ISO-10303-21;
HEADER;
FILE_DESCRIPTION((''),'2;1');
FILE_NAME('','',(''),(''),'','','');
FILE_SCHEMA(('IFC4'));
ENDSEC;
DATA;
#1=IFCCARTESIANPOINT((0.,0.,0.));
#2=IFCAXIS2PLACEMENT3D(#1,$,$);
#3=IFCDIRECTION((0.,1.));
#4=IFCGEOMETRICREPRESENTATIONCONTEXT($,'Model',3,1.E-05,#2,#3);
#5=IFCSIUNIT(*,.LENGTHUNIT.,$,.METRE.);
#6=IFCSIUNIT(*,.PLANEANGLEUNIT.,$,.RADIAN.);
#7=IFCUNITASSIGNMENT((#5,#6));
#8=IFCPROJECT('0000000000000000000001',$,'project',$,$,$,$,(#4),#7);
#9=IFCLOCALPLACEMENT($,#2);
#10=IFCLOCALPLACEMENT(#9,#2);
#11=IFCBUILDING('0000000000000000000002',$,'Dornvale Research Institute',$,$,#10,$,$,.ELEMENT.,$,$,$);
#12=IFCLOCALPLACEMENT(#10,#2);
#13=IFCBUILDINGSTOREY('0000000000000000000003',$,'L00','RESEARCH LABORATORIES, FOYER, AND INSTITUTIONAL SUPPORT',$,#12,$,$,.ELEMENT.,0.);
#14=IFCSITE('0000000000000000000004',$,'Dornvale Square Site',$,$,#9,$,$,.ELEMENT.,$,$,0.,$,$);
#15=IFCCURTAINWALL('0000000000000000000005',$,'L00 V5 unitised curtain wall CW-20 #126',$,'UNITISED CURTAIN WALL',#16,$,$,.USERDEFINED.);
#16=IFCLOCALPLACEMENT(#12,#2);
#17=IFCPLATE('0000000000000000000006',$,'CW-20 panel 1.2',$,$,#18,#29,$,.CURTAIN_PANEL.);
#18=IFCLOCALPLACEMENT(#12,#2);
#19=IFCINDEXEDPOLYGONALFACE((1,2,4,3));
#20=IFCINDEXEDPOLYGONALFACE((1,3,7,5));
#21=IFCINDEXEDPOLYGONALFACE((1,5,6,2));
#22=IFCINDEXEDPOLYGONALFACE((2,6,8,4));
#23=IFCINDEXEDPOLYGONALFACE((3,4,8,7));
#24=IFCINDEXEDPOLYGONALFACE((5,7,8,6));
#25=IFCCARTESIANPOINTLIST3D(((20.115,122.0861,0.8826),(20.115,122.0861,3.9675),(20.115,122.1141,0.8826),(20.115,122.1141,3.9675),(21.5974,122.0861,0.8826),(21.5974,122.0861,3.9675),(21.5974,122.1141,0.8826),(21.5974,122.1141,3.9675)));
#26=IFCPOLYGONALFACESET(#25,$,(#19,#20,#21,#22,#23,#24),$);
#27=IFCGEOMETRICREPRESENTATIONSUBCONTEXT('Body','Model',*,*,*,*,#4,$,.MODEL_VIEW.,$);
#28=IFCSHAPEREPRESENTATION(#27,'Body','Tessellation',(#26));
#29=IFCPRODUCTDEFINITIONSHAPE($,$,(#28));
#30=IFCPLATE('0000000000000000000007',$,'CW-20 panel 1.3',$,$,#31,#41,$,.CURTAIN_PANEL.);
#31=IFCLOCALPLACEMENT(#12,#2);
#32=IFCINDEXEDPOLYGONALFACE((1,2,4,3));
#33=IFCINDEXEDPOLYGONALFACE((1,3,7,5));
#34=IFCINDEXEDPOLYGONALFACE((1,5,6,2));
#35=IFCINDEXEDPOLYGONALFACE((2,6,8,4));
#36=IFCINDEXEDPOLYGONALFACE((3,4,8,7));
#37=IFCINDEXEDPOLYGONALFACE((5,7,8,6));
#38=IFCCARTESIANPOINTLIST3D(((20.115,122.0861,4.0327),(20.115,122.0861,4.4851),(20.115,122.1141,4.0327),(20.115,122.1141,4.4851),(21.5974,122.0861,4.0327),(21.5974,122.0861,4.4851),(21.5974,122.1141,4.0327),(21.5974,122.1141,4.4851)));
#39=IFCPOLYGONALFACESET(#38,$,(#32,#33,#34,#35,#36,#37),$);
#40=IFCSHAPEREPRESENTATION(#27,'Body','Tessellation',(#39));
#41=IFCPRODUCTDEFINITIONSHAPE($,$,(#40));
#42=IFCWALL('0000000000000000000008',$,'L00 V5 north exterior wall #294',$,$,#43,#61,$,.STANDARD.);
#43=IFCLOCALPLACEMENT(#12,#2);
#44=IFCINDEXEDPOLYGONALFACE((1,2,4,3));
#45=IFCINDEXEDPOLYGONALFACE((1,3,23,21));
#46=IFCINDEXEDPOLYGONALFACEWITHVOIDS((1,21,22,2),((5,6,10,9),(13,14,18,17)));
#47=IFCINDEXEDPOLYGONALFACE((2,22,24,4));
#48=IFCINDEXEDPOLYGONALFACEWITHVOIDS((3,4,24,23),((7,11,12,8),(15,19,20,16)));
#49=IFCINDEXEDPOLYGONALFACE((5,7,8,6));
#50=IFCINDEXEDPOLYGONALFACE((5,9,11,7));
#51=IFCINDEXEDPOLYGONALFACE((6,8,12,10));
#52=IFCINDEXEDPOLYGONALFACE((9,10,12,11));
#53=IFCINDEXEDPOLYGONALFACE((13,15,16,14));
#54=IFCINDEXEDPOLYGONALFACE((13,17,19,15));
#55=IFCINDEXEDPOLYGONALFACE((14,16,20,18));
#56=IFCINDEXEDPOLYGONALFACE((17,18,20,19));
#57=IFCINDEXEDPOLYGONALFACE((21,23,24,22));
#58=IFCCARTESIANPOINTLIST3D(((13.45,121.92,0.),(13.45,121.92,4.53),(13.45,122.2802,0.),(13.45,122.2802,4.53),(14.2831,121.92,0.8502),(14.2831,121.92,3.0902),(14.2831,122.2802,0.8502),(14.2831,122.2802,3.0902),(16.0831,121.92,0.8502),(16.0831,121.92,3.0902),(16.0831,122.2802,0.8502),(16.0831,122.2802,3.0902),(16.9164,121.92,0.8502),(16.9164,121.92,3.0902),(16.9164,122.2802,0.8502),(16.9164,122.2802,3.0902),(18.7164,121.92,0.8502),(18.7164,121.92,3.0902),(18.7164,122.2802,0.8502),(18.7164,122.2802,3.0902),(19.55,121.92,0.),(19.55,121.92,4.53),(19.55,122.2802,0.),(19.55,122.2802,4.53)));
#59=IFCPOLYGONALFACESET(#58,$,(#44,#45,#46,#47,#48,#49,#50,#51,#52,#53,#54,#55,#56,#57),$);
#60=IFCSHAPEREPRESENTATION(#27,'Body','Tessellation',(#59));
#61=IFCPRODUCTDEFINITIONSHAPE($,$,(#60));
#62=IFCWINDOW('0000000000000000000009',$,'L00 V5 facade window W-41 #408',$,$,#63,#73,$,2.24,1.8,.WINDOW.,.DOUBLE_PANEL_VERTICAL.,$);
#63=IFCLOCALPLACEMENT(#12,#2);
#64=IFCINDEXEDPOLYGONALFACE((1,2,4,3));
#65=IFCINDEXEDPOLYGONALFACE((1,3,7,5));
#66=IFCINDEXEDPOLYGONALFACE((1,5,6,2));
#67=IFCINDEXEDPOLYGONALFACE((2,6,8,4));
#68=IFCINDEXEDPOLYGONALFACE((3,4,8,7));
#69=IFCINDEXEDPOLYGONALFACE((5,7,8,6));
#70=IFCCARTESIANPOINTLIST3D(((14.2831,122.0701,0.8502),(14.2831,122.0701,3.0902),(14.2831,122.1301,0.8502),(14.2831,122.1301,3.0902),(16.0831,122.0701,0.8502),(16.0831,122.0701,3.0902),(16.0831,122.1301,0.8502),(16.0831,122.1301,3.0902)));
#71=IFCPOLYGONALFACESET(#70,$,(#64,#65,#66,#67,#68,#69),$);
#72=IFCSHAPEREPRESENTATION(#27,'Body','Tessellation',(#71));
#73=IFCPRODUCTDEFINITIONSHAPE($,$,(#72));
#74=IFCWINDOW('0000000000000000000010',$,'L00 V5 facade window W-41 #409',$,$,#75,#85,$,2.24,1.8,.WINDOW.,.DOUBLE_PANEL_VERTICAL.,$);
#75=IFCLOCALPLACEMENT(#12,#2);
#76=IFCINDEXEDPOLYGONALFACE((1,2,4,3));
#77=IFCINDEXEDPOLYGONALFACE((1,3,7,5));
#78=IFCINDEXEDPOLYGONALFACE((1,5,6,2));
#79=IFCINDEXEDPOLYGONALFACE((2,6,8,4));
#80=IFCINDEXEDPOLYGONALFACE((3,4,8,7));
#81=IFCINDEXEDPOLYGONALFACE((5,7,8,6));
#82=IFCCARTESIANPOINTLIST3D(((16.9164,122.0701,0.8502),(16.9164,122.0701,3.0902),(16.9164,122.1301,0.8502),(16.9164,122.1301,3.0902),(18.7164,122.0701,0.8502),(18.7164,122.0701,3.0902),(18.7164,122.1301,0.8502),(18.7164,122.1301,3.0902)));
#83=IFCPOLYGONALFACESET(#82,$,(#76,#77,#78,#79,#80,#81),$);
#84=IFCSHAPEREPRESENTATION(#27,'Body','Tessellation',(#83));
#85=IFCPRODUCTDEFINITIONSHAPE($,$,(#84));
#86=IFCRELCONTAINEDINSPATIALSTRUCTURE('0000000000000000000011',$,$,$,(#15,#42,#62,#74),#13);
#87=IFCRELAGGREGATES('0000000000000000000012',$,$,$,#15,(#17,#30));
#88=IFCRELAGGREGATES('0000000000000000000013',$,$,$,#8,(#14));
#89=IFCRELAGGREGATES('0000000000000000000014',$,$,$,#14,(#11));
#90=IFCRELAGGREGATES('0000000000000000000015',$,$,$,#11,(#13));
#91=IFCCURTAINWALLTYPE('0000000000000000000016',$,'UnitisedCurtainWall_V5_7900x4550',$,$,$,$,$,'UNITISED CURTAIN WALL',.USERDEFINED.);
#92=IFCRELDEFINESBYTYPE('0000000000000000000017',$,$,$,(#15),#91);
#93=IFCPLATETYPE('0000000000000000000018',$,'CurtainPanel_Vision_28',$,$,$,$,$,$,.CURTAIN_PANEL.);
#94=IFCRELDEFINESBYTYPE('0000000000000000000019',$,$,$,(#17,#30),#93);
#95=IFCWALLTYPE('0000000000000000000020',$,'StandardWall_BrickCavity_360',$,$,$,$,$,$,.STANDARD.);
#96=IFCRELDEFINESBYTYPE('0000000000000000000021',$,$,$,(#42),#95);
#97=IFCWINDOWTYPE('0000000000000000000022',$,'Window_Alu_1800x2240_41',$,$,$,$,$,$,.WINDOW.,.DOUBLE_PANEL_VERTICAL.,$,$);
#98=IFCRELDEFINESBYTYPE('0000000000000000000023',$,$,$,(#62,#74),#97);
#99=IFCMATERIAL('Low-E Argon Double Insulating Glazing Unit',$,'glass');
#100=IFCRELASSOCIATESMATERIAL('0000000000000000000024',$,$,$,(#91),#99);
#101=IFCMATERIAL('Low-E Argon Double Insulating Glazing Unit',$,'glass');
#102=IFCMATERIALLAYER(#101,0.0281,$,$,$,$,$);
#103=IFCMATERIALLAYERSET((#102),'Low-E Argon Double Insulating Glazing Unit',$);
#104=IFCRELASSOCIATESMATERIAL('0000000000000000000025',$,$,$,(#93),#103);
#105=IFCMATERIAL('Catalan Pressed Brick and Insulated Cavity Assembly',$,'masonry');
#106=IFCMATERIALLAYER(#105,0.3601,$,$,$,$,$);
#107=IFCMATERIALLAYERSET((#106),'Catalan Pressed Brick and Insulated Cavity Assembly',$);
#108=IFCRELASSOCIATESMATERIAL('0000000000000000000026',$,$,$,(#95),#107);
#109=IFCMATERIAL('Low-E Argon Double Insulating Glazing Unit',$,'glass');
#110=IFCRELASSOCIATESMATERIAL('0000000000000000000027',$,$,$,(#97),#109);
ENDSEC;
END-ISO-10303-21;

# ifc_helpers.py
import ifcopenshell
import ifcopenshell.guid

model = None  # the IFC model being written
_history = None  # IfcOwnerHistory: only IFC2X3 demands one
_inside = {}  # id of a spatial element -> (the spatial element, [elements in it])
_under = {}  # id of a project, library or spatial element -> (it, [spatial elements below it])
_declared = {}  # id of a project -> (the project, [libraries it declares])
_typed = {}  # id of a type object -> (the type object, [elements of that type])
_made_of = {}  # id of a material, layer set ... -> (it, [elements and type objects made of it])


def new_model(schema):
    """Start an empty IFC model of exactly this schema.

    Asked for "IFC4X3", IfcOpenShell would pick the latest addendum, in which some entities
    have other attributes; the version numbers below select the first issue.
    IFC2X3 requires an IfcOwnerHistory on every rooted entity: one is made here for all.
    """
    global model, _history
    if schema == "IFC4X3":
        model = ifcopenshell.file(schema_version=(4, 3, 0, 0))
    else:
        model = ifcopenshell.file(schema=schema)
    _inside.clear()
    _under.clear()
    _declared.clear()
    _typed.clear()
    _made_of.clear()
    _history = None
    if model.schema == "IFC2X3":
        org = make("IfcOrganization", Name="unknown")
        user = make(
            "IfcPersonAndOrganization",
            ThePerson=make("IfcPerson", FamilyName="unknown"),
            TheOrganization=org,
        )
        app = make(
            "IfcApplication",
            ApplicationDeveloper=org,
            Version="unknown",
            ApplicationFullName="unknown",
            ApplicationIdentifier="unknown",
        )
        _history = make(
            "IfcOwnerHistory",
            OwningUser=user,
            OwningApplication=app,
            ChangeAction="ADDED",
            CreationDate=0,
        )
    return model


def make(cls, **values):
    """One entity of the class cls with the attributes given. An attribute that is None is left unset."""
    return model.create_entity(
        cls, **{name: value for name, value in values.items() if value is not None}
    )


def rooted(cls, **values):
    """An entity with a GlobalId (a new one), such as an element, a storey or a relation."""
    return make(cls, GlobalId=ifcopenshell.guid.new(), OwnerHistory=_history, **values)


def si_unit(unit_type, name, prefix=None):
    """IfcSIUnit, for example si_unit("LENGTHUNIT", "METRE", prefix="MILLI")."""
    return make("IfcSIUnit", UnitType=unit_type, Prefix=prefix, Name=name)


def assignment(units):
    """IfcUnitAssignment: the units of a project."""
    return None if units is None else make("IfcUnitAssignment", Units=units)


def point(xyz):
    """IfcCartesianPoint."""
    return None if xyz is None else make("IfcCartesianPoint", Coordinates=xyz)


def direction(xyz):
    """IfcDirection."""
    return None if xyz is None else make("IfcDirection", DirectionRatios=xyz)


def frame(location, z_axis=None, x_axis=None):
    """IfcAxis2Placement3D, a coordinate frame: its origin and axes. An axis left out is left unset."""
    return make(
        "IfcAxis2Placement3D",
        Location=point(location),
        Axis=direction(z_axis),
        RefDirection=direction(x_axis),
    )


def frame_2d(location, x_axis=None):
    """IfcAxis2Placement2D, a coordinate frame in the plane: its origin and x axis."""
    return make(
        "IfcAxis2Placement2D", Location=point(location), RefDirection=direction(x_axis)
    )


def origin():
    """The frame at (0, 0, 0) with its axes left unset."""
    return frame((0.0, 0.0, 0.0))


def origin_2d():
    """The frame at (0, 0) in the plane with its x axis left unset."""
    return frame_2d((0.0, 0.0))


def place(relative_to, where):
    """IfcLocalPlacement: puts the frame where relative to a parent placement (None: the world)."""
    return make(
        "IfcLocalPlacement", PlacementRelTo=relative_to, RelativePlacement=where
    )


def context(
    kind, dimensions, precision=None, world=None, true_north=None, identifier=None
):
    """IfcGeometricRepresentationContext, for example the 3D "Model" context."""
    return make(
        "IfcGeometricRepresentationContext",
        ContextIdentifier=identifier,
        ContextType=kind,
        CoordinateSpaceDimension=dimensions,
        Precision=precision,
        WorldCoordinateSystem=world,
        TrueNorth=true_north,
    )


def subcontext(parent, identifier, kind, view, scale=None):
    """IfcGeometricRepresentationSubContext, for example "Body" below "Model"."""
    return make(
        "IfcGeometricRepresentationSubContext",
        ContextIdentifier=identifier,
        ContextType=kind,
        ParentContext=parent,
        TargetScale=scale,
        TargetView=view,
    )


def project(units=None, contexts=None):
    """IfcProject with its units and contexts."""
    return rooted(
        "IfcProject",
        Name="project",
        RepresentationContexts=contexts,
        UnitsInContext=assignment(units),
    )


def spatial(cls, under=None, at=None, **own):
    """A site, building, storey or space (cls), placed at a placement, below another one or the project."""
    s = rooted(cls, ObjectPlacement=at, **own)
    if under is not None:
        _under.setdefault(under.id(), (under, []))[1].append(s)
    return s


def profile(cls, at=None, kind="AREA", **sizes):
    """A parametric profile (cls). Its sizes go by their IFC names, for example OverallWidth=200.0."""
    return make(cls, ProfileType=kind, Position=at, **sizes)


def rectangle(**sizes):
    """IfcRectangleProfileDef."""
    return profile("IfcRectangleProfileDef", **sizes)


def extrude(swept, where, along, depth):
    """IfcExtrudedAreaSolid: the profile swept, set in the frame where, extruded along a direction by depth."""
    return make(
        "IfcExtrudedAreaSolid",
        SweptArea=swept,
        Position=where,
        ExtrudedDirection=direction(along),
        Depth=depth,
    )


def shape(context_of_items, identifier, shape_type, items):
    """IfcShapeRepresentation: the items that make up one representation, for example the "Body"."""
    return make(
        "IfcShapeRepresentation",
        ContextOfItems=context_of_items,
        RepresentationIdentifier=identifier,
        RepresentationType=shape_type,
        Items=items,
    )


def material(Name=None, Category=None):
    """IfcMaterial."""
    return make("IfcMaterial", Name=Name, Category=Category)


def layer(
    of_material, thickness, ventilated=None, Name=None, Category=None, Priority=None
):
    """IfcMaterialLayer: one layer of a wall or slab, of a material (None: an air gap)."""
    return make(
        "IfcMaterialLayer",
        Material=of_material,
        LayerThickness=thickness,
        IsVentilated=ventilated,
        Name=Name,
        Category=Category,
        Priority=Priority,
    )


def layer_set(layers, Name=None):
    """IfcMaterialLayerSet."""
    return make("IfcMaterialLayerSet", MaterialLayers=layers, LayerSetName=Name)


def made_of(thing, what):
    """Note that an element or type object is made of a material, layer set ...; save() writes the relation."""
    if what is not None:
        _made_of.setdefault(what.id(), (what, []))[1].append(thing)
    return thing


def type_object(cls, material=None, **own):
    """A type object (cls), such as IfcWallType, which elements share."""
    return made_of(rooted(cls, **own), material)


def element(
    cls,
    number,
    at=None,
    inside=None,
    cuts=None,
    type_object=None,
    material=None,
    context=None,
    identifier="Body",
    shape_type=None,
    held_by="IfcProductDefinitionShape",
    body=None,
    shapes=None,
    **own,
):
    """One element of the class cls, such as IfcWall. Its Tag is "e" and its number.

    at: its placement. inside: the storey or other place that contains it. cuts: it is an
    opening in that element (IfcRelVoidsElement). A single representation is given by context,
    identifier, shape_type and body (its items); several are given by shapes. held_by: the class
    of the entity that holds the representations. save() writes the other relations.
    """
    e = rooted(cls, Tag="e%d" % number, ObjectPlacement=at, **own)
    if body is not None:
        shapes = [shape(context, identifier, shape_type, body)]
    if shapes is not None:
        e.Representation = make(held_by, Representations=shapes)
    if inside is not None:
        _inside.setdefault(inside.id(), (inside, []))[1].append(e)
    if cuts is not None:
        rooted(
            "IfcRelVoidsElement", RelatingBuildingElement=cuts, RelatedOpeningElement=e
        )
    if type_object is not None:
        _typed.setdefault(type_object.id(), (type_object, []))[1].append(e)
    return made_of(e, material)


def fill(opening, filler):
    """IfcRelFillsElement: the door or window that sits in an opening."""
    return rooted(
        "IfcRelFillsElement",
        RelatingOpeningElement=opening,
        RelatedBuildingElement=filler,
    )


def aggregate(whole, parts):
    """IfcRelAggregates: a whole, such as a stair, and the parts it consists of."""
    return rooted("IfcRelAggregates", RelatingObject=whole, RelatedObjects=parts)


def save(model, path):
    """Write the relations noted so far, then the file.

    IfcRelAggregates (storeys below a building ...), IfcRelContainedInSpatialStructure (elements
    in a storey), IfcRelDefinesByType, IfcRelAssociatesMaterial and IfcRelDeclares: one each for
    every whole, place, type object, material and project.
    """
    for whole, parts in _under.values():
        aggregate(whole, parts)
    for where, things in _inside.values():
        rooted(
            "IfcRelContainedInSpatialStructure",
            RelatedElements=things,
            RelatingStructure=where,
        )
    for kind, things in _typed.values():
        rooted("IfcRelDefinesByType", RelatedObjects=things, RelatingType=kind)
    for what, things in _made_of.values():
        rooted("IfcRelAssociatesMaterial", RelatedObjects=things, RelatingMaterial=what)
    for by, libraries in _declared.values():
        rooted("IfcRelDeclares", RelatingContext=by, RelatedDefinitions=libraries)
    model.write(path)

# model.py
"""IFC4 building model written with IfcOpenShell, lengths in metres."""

from ifc_helpers import new_model, si_unit, direction, frame, frame_2d, origin, origin_2d, place, context, subcontext, project, spatial, rectangle, extrude, material, layer, layer_set, type_object, element, fill, aggregate, save


model = new_model("IFC4")

# Units and contexts
model_context = context("Model", 3, precision=1e-05, world=origin(), true_north=direction((0.0, 1.0)))
body_context = subcontext(model_context, "Body", "Model", "MODEL_VIEW")
ifc_project = project(units=[si_unit("LENGTHUNIT", "METRE"), si_unit("PLANEANGLEUNIT", "RADIAN")], contexts=[model_context])

# Site, building, storey
site_placement = place(None, origin())
site = spatial("IfcSite", under=ifc_project, at=site_placement, Name="Dornvale Square Site", CompositionType="ELEMENT", RefElevation=0.0)
building_placement = place(site_placement, origin())
building = spatial("IfcBuilding", under=site, at=building_placement, Name="Dornvale Research Institute", CompositionType="ELEMENT")
storey_placement = place(building_placement, origin())
storey = spatial("IfcBuildingStorey", under=building, at=storey_placement, Name="L00", Description="RESEARCH LABORATORIES, FOYER, AND INSTITUTIONAL SUPPORT", CompositionType="ELEMENT", Elevation=0.0)

# Curtain wall, plates
ifc_material_1 = material(Name="Low-E Argon Double Insulating Glazing Unit", Category="glass")
curtain_wall_type = type_object("IfcCurtainWallType", Name="UnitisedCurtainWall_V5_7900x4550", ElementType="UNITISED CURTAIN WALL", PredefinedType="USERDEFINED", material=ifc_material_1)
curtain_wall_placement = place(storey_placement, origin())
curtain_wall = element("IfcCurtainWall", 1, at=curtain_wall_placement, inside=storey, type_object=curtain_wall_type, Name="L00 V5 unitised curtain wall CW-20 #126", ObjectType="UNITISED CURTAIN WALL", PredefinedType="USERDEFINED")
ifc_material_2 = material(Name="Low-E Argon Double Insulating Glazing Unit", Category="glass")
ifc_layer_1 = layer(ifc_material_2, 0.0281)
ifc_layer_set_1 = layer_set([ifc_layer_1], Name="Low-E Argon Double Insulating Glazing Unit")
plate_type_1 = type_object("IfcPlateType", Name="CurtainPanel_Vision_28", PredefinedType="CURTAIN_PANEL", material=ifc_layer_set_1)
plate_1_placement = place(storey_placement, frame((20.8562, 122.1001, 0.8826), z_axis=(0.0, 0.0, 1.0), x_axis=(1.0, 0.0, 0.0)))
plate_1 = element("IfcPlate", 2, at=plate_1_placement, type_object=plate_type_1, Name="CW-20 panel 1.2", PredefinedType="CURTAIN_PANEL", context=body_context, shape_type="SweptSolid", body=[
    extrude(rectangle(XDim=1.4824, YDim=0.0281, at=origin_2d()), origin(), (0.0, 0.0, 1.0), 3.085),
])
plate_2_placement = place(storey_placement, frame((20.8562, 122.1001, 4.0327), z_axis=(0.0, 0.0, 1.0), x_axis=(1.0, 0.0, 0.0)))
plate_2 = element("IfcPlate", 3, at=plate_2_placement, type_object=plate_type_1, Name="CW-20 panel 1.3", PredefinedType="CURTAIN_PANEL", context=body_context, shape_type="SweptSolid", body=[
    extrude(rectangle(XDim=1.4824, YDim=0.0281, at=origin_2d()), origin(), (0.0, 0.0, 1.0), 0.4524),
])
aggregate(curtain_wall, [plate_1, plate_2])

# Wall, openings, windows
ifc_material_3 = material(Name="Catalan Pressed Brick and Insulated Cavity Assembly", Category="masonry")
ifc_layer_2 = layer(ifc_material_3, 0.3601)
ifc_layer_set_2 = layer_set([ifc_layer_2], Name="Catalan Pressed Brick and Insulated Cavity Assembly")
wall_type = type_object("IfcWallType", Name="StandardWall_BrickCavity_360", PredefinedType="STANDARD", material=ifc_layer_set_2)
wall_placement = place(storey_placement, frame((13.45, 122.1001, 0.0), z_axis=(0.0, 0.0, 1.0), x_axis=(1.0, 0.0, 0.0)))
wall = element("IfcWall", 4, at=wall_placement, inside=storey, type_object=wall_type, Name="L00 V5 north exterior wall #294", PredefinedType="STANDARD", context=body_context, shape_type="SweptSolid", body=[
    extrude(rectangle(XDim=6.1001, YDim=0.3601, at=frame_2d((3.05, 0.0))), origin(), (0.0, 0.0, 1.0), 4.53),
])
opening_1_placement = place(wall_placement, frame((0.8333, 0.0, 0.8501)))
opening_1 = element("IfcOpeningElement", 5, at=opening_1_placement, cuts=wall, PredefinedType="OPENING", context=body_context, shape_type="SweptSolid", body=[
    extrude(rectangle(XDim=1.8, YDim=2.24, at=frame_2d((0.8999, 1.1201))), frame((0.0, 0.1951, 0.0), z_axis=(0.0, -1.0, 0.0), x_axis=(1.0, 0.0, 0.0)), (0.0, 0.0, 1.0), 0.3901),
])
opening_2_placement = place(wall_placement, frame((3.4666, 0.0, 0.8501)))
opening_2 = element("IfcOpeningElement", 6, at=opening_2_placement, cuts=wall, PredefinedType="OPENING", context=body_context, shape_type="SweptSolid", body=[
    extrude(rectangle(XDim=1.8, YDim=2.24, at=frame_2d((0.8999, 1.1201))), frame((0.0, 0.1951, 0.0), z_axis=(0.0, -1.0, 0.0), x_axis=(1.0, 0.0, 0.0)), (0.0, 0.0, 1.0), 0.3901),
])
ifc_material_4 = material(Name="Low-E Argon Double Insulating Glazing Unit", Category="glass")
window_type = type_object("IfcWindowType", Name="Window_Alu_1800x2240_41", PartitioningType="DOUBLE_PANEL_VERTICAL", PredefinedType="WINDOW", material=ifc_material_4)
window_1_placement = place(opening_1_placement, origin())
window_1 = element("IfcWindow", 7, at=window_1_placement, inside=storey, type_object=window_type, Name="L00 V5 facade window W-41 #408", OverallHeight=2.24, OverallWidth=1.8, PartitioningType="DOUBLE_PANEL_VERTICAL", PredefinedType="WINDOW", context=body_context, shape_type="SweptSolid", body=[
    extrude(rectangle(XDim=1.8, YDim=2.24, at=frame_2d((0.8999, 1.1201))), frame((0.0, 0.03, 0.0), z_axis=(0.0, -1.0, 0.0), x_axis=(1.0, 0.0, 0.0)), (0.0, 0.0, 1.0), 0.0601),
])
fill(opening_1, window_1)
window_2_placement = place(opening_2_placement, origin())
window_2 = element("IfcWindow", 8, at=window_2_placement, inside=storey, type_object=window_type, Name="L00 V5 facade window W-41 #409", OverallHeight=2.24, OverallWidth=1.8, PartitioningType="DOUBLE_PANEL_VERTICAL", PredefinedType="WINDOW", context=body_context, shape_type="SweptSolid", body=[
    extrude(rectangle(XDim=1.8, YDim=2.24, at=frame_2d((0.8999, 1.1201))), frame((0.0, 0.03, 0.0), z_axis=(0.0, -1.0, 0.0), x_axis=(1.0, 0.0, 0.0)), (0.0, 0.0, 1.0), 0.0601),
])
fill(opening_2, window_2)

save(model, "model.ifc")
